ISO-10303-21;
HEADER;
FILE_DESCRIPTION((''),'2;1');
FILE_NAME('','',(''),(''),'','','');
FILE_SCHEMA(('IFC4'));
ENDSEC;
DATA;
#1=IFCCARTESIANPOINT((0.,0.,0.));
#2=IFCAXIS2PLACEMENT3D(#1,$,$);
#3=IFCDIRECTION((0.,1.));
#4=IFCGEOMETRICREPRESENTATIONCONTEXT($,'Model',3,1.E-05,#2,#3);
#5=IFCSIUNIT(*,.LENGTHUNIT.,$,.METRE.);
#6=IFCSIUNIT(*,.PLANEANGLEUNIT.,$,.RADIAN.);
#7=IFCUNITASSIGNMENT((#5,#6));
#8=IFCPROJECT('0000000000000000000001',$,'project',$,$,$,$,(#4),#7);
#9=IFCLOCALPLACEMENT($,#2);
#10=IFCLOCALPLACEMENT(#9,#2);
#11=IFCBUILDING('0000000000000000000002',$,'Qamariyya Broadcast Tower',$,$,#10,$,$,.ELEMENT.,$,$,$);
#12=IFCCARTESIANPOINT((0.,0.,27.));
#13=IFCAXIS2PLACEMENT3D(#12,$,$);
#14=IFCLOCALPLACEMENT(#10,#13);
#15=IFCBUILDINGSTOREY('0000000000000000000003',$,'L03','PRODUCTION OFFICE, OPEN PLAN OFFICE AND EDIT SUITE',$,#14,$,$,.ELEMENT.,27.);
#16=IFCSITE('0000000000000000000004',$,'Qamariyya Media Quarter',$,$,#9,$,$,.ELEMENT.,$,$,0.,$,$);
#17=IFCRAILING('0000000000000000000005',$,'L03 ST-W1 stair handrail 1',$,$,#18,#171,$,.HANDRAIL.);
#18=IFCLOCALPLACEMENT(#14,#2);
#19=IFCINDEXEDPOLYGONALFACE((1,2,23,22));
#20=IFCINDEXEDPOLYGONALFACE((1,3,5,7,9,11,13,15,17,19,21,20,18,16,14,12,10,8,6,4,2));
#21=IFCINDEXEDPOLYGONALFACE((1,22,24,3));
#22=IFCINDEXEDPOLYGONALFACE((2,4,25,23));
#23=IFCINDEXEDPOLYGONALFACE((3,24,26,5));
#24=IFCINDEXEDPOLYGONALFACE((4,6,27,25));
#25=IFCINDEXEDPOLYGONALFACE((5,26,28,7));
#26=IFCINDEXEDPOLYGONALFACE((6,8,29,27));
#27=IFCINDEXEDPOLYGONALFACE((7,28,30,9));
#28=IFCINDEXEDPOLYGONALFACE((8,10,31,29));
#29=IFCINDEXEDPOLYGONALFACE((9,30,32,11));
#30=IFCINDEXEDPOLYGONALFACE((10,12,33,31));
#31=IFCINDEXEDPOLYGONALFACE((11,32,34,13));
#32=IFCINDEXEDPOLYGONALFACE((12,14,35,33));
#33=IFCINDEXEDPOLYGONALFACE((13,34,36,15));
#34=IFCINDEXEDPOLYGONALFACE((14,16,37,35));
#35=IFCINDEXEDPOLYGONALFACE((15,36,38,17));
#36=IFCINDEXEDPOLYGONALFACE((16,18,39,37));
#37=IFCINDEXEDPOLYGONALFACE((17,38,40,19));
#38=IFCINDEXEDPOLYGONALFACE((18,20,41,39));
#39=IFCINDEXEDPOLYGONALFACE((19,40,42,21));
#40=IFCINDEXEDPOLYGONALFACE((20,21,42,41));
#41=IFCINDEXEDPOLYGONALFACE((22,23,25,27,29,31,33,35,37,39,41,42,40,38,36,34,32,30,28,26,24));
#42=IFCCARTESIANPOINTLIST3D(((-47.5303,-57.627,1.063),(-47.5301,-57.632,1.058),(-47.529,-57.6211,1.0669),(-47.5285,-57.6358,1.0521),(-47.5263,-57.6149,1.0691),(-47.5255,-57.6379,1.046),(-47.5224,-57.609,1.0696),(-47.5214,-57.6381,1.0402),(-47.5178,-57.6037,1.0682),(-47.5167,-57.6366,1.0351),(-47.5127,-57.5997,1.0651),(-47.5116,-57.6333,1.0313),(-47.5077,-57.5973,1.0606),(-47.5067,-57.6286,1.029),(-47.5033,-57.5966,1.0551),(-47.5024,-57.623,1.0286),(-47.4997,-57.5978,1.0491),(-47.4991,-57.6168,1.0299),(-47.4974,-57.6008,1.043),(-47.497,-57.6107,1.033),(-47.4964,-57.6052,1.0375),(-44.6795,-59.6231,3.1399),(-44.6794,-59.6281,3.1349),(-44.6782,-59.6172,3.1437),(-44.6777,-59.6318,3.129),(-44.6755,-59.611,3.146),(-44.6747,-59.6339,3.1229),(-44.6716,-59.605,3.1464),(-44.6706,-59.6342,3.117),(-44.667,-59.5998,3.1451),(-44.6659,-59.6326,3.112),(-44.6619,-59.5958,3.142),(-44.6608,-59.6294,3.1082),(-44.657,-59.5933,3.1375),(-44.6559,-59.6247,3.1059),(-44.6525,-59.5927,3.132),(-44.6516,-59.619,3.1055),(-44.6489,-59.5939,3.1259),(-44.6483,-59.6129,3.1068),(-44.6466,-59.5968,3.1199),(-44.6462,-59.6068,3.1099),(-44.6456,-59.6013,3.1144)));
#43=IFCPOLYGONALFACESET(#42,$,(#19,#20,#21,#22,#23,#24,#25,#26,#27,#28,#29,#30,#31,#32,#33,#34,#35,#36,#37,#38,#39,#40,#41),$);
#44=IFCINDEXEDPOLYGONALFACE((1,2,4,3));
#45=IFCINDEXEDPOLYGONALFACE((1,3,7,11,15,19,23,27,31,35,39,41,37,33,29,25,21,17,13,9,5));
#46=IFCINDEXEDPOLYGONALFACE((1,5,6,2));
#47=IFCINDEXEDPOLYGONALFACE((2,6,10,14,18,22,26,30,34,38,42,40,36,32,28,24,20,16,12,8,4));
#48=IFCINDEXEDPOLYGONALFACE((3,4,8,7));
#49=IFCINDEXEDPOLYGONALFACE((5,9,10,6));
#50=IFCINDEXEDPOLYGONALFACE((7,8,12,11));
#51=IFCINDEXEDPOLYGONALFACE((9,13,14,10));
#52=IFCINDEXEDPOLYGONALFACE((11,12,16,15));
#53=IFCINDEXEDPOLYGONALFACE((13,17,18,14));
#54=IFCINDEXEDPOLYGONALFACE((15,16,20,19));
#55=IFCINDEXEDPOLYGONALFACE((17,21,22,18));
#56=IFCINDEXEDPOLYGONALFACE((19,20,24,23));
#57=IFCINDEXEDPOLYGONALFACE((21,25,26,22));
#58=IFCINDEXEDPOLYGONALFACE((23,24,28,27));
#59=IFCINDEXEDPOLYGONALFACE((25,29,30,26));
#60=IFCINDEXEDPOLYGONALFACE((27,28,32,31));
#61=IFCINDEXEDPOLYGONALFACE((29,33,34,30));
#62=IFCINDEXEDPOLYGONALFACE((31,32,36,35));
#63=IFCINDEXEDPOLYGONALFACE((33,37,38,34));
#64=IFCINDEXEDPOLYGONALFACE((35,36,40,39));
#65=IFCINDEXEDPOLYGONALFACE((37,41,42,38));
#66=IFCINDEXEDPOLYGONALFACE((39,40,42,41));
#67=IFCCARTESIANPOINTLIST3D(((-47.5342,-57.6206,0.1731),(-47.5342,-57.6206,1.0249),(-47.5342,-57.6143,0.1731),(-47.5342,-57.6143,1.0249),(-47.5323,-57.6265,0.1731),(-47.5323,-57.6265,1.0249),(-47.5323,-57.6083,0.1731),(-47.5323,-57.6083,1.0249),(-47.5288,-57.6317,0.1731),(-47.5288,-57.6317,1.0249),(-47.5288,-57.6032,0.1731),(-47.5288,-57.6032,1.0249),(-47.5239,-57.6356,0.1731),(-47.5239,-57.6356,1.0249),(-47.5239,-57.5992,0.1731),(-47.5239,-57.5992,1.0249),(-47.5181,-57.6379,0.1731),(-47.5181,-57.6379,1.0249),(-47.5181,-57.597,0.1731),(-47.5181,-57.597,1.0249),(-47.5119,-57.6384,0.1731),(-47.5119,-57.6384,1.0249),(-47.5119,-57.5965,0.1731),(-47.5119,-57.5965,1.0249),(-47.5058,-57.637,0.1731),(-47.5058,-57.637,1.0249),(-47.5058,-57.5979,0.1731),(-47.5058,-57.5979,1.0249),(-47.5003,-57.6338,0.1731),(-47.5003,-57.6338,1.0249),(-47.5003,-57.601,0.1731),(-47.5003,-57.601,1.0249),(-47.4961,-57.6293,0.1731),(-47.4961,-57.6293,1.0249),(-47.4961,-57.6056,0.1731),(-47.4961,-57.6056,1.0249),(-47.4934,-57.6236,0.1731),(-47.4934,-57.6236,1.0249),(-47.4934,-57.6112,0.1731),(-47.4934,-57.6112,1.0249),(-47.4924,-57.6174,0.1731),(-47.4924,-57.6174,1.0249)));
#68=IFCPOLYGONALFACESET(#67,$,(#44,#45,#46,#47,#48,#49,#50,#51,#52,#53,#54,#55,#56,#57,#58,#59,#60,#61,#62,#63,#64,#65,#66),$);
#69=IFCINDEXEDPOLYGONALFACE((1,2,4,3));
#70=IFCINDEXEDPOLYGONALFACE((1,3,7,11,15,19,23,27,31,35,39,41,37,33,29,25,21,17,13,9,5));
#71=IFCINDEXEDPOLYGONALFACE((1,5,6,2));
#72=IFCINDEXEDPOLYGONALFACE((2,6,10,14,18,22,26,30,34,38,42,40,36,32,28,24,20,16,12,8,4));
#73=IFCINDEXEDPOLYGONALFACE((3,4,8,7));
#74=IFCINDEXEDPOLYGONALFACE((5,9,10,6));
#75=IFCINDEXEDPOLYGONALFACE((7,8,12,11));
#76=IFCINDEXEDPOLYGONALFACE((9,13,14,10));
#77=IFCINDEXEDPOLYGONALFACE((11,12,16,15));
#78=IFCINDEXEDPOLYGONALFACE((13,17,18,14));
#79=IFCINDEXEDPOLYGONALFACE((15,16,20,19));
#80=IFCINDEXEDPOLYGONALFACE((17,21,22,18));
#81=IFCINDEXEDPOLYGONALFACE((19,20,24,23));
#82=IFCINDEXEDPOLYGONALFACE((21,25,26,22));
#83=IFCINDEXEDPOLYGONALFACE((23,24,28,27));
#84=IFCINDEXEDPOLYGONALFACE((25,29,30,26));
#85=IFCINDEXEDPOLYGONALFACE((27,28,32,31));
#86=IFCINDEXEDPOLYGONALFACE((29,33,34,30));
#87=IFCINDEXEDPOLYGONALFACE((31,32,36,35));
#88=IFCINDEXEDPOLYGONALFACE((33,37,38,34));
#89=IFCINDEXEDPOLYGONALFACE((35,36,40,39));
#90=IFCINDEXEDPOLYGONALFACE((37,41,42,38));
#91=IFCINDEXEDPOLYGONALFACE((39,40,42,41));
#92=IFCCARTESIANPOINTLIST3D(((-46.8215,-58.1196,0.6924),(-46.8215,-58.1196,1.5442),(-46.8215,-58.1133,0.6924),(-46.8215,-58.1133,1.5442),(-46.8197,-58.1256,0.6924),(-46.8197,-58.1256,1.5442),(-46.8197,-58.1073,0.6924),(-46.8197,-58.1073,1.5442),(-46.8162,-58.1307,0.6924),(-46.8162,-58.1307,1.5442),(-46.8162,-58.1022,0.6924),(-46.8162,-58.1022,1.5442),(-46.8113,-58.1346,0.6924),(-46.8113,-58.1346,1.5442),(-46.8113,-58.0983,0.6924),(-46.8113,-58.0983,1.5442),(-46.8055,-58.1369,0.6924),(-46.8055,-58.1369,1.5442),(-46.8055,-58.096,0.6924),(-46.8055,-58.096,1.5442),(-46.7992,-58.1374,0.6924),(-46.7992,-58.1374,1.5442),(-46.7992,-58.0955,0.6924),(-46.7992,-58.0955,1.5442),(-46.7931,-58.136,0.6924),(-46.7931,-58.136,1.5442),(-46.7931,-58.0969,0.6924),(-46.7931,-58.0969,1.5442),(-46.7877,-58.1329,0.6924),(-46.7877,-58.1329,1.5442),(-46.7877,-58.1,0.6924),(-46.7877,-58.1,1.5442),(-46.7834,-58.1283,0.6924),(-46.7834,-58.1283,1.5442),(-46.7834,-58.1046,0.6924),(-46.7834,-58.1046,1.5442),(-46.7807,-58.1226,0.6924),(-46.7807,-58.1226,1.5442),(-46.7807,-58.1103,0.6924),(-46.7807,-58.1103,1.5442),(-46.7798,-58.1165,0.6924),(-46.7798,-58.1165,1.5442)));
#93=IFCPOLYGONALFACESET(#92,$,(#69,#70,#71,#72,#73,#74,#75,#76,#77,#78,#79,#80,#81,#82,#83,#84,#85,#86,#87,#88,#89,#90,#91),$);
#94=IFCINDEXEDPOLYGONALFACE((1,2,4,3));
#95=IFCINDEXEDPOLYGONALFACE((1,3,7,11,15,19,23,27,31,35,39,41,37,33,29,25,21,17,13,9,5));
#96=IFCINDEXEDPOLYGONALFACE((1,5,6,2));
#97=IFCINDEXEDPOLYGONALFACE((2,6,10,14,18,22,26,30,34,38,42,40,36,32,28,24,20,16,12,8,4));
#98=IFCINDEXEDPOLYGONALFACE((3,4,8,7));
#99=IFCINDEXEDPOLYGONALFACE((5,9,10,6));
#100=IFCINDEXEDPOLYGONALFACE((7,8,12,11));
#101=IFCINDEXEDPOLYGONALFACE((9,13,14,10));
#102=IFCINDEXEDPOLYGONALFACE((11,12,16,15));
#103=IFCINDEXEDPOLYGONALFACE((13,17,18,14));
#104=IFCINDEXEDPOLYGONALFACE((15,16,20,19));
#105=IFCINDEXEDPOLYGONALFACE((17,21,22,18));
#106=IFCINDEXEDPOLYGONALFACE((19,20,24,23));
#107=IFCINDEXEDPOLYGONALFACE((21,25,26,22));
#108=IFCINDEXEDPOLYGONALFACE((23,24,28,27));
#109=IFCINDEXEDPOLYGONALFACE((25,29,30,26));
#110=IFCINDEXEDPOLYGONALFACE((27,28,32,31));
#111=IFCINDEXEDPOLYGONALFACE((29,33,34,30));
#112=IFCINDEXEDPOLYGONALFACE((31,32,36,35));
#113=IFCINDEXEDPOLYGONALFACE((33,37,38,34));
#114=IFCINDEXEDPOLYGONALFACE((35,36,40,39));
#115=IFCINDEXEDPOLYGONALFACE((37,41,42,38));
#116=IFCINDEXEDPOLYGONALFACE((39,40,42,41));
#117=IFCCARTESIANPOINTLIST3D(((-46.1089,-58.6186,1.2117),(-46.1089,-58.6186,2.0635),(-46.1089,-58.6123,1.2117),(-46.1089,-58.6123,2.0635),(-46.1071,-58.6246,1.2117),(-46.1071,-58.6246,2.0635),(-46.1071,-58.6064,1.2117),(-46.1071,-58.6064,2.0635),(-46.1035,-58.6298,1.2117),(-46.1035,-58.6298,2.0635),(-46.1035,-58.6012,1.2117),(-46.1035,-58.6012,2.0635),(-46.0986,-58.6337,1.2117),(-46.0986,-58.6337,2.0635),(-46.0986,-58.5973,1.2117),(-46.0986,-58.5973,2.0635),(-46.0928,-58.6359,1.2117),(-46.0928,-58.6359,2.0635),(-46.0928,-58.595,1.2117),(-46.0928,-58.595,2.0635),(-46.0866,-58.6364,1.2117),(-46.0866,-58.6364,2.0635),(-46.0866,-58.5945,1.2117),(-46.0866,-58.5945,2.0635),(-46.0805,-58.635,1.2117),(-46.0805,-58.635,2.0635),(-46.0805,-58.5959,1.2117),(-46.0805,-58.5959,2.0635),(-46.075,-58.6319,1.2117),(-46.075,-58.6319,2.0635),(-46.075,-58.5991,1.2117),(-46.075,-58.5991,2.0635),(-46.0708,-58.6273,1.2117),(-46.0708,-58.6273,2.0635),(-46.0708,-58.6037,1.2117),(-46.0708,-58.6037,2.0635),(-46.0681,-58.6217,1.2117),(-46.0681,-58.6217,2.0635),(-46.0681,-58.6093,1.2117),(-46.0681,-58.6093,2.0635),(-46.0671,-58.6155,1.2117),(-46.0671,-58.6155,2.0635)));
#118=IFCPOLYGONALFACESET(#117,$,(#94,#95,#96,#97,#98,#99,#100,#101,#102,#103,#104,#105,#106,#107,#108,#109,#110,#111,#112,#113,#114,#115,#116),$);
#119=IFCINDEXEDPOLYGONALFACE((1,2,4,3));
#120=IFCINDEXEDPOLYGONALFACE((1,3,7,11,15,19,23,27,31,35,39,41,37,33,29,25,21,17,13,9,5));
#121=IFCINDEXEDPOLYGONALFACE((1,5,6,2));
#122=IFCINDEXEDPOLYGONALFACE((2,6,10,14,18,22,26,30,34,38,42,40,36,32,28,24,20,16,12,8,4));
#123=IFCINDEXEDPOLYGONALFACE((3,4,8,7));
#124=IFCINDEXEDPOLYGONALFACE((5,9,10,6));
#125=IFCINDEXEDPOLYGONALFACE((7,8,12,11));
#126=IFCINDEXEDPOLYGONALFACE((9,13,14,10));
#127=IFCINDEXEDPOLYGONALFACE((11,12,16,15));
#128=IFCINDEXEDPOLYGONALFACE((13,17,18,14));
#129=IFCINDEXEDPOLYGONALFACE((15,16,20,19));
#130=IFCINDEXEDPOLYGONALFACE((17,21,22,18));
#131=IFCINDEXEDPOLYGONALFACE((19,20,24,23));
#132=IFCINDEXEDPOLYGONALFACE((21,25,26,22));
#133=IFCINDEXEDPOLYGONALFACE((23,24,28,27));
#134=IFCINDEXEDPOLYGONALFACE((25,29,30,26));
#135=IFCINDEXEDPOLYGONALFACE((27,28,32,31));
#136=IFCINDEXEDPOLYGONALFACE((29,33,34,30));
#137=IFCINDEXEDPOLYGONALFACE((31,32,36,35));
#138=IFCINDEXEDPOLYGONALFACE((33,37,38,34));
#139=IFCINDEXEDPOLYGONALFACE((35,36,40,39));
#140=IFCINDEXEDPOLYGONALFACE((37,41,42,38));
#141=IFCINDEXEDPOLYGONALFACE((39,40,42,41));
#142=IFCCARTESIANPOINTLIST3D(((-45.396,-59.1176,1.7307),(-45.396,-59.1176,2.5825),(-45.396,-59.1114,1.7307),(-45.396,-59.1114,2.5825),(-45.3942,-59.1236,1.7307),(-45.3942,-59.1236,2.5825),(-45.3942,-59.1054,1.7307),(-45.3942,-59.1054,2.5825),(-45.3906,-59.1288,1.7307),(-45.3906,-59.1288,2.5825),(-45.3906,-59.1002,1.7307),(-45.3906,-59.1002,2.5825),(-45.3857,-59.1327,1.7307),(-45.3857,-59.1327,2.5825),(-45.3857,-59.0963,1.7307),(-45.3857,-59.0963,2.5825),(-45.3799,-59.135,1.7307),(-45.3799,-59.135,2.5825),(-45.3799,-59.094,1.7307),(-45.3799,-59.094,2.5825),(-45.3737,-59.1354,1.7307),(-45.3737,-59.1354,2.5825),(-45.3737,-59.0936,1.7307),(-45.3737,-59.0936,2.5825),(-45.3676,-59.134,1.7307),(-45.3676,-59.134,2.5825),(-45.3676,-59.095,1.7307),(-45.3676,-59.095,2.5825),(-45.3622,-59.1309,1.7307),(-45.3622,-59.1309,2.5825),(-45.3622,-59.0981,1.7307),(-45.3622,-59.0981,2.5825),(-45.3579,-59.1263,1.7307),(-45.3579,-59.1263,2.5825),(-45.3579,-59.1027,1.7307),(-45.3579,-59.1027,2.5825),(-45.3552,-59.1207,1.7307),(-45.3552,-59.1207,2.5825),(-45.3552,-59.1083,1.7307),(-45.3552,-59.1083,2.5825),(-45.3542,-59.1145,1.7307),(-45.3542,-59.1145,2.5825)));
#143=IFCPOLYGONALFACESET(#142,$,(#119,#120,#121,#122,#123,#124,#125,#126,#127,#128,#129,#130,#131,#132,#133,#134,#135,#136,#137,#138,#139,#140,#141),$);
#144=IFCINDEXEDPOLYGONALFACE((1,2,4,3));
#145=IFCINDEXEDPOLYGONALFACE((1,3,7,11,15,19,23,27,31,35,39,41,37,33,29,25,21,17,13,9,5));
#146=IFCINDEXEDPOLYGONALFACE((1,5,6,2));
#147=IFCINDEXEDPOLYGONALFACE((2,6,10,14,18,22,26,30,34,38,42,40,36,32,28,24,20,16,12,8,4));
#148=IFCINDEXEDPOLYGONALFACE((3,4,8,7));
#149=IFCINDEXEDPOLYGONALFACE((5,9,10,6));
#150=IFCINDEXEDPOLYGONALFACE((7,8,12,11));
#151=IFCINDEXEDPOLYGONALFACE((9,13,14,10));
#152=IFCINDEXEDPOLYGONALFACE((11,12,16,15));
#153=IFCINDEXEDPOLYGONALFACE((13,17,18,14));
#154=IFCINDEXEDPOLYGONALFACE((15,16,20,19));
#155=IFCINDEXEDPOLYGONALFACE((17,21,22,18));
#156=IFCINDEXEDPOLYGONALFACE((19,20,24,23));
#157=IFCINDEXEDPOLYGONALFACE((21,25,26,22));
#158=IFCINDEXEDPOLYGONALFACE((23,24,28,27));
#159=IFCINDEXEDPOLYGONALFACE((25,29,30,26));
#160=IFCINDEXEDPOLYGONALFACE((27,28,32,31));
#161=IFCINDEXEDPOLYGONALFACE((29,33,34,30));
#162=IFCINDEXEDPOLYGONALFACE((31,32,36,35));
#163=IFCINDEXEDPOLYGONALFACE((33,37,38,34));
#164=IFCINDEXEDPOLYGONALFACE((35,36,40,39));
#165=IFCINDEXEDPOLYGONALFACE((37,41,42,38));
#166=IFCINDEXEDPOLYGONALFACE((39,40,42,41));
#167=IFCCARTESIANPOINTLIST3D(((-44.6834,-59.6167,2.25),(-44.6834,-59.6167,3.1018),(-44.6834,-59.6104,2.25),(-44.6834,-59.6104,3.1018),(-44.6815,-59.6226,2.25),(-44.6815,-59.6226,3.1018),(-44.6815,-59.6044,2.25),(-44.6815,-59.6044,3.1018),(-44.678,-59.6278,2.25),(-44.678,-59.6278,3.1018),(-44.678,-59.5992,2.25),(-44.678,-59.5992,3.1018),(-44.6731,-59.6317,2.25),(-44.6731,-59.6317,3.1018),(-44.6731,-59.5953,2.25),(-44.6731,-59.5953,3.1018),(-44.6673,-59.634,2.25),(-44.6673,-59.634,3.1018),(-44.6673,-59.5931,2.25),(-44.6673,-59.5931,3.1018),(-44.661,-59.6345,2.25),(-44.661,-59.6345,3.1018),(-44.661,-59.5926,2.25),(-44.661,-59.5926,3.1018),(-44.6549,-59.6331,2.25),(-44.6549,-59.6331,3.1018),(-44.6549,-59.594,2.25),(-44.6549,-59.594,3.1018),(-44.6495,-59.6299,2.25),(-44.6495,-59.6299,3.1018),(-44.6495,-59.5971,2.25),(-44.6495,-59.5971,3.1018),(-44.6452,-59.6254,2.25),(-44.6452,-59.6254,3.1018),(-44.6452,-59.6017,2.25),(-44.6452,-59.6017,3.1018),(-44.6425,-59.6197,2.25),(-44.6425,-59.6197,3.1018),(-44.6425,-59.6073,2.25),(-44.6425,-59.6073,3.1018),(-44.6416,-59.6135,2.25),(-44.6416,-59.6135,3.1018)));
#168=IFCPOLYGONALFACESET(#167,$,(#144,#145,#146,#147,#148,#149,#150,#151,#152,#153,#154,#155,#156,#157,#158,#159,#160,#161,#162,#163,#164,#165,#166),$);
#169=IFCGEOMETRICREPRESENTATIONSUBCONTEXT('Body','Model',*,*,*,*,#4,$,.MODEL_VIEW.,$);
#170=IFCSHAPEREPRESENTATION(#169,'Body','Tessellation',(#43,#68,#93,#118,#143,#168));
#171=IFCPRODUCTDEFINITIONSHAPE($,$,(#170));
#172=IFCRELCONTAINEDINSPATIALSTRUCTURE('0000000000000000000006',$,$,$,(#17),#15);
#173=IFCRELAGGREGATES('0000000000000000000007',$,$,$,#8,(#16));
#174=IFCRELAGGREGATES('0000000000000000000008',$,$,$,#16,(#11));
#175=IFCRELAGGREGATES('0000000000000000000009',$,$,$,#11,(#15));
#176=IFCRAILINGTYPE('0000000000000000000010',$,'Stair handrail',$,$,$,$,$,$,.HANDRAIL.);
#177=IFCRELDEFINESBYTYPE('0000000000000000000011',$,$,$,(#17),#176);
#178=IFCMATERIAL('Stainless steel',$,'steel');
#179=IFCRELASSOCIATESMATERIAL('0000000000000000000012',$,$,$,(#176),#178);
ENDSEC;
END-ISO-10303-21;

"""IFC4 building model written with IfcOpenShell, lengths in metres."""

from ifc_helpers import new_model, si_unit, direction, frame, origin, origin_2d, place, context, subcontext, project, spatial, circle, extrude, material, type_object, element, save


model = new_model("IFC4")

# Units and contexts
model_context = context("Model", 3, precision=1e-05, world=origin(), true_north=direction((0.0, 1.0)))
body_context = subcontext(model_context, "Body", "Model", "MODEL_VIEW")
ifc_project = project(units=[si_unit("LENGTHUNIT", "METRE"), si_unit("PLANEANGLEUNIT", "RADIAN")], contexts=[model_context])

# Site, building, storey
site_placement = place(None, origin())
site = spatial("IfcSite", under=ifc_project, at=site_placement, Name="Qamariyya Media Quarter", CompositionType="ELEMENT", RefElevation=0.0)
building_placement = place(site_placement, origin())
building = spatial("IfcBuilding", under=site, at=building_placement, Name="Qamariyya Broadcast Tower", CompositionType="ELEMENT")
storey_placement = place(building_placement, frame((0.0, 0.0, 27.0)))
storey = spatial("IfcBuildingStorey", under=building, at=storey_placement, Name="L03", Description="PRODUCTION OFFICE, OPEN PLAN OFFICE AND EDIT SUITE", CompositionType="ELEMENT", Elevation=27.0)

# Railing
ifc_material_1 = material(Name="Stainless steel", Category="steel")
railing_type_1 = type_object("IfcRailingType", Name="Stair handrail", PredefinedType="HANDRAIL", material=ifc_material_1)
railing_1_placement = place(storey_placement, frame((-47.5134, -57.6174, 0.1731)))
element("IfcRailing", 1, at=railing_1_placement, inside=storey, type_object=railing_type_1, Name="L03 ST-W1 stair handrail 1", PredefinedType="HANDRAIL", context=body_context, shape_type="SweptSolid", body=[
    extrude(circle(Radius=0.0239, at=origin_2d()), frame((0.0, 0.0, 0.876), z_axis=(0.703423, -0.492523, 0.512462), x_axis=(0.573561, 0.819163, 0.0)), (0.0, 0.0, 1.0), 4.0527),
    extrude(circle(Radius=0.021, at=origin_2d()), origin(), (0.0, 0.0, 1.0), 0.8518),
    extrude(circle(Radius=0.021, at=origin_2d()), frame((0.7126, -0.499, 0.5193)), (0.0, 0.0, 1.0), 0.8518),
    extrude(circle(Radius=0.021, at=origin_2d()), frame((1.4253, -0.998, 1.0386)), (0.0, 0.0, 1.0), 0.8518),
    extrude(circle(Radius=0.021, at=origin_2d()), frame((2.1382, -1.4971, 1.5576)), (0.0, 0.0, 1.0), 0.8518),
    extrude(circle(Radius=0.021, at=origin_2d()), frame((2.8508, -1.9961, 2.0769)), (0.0, 0.0, 1.0), 0.8518),
])

save(model, "model.ifc")
